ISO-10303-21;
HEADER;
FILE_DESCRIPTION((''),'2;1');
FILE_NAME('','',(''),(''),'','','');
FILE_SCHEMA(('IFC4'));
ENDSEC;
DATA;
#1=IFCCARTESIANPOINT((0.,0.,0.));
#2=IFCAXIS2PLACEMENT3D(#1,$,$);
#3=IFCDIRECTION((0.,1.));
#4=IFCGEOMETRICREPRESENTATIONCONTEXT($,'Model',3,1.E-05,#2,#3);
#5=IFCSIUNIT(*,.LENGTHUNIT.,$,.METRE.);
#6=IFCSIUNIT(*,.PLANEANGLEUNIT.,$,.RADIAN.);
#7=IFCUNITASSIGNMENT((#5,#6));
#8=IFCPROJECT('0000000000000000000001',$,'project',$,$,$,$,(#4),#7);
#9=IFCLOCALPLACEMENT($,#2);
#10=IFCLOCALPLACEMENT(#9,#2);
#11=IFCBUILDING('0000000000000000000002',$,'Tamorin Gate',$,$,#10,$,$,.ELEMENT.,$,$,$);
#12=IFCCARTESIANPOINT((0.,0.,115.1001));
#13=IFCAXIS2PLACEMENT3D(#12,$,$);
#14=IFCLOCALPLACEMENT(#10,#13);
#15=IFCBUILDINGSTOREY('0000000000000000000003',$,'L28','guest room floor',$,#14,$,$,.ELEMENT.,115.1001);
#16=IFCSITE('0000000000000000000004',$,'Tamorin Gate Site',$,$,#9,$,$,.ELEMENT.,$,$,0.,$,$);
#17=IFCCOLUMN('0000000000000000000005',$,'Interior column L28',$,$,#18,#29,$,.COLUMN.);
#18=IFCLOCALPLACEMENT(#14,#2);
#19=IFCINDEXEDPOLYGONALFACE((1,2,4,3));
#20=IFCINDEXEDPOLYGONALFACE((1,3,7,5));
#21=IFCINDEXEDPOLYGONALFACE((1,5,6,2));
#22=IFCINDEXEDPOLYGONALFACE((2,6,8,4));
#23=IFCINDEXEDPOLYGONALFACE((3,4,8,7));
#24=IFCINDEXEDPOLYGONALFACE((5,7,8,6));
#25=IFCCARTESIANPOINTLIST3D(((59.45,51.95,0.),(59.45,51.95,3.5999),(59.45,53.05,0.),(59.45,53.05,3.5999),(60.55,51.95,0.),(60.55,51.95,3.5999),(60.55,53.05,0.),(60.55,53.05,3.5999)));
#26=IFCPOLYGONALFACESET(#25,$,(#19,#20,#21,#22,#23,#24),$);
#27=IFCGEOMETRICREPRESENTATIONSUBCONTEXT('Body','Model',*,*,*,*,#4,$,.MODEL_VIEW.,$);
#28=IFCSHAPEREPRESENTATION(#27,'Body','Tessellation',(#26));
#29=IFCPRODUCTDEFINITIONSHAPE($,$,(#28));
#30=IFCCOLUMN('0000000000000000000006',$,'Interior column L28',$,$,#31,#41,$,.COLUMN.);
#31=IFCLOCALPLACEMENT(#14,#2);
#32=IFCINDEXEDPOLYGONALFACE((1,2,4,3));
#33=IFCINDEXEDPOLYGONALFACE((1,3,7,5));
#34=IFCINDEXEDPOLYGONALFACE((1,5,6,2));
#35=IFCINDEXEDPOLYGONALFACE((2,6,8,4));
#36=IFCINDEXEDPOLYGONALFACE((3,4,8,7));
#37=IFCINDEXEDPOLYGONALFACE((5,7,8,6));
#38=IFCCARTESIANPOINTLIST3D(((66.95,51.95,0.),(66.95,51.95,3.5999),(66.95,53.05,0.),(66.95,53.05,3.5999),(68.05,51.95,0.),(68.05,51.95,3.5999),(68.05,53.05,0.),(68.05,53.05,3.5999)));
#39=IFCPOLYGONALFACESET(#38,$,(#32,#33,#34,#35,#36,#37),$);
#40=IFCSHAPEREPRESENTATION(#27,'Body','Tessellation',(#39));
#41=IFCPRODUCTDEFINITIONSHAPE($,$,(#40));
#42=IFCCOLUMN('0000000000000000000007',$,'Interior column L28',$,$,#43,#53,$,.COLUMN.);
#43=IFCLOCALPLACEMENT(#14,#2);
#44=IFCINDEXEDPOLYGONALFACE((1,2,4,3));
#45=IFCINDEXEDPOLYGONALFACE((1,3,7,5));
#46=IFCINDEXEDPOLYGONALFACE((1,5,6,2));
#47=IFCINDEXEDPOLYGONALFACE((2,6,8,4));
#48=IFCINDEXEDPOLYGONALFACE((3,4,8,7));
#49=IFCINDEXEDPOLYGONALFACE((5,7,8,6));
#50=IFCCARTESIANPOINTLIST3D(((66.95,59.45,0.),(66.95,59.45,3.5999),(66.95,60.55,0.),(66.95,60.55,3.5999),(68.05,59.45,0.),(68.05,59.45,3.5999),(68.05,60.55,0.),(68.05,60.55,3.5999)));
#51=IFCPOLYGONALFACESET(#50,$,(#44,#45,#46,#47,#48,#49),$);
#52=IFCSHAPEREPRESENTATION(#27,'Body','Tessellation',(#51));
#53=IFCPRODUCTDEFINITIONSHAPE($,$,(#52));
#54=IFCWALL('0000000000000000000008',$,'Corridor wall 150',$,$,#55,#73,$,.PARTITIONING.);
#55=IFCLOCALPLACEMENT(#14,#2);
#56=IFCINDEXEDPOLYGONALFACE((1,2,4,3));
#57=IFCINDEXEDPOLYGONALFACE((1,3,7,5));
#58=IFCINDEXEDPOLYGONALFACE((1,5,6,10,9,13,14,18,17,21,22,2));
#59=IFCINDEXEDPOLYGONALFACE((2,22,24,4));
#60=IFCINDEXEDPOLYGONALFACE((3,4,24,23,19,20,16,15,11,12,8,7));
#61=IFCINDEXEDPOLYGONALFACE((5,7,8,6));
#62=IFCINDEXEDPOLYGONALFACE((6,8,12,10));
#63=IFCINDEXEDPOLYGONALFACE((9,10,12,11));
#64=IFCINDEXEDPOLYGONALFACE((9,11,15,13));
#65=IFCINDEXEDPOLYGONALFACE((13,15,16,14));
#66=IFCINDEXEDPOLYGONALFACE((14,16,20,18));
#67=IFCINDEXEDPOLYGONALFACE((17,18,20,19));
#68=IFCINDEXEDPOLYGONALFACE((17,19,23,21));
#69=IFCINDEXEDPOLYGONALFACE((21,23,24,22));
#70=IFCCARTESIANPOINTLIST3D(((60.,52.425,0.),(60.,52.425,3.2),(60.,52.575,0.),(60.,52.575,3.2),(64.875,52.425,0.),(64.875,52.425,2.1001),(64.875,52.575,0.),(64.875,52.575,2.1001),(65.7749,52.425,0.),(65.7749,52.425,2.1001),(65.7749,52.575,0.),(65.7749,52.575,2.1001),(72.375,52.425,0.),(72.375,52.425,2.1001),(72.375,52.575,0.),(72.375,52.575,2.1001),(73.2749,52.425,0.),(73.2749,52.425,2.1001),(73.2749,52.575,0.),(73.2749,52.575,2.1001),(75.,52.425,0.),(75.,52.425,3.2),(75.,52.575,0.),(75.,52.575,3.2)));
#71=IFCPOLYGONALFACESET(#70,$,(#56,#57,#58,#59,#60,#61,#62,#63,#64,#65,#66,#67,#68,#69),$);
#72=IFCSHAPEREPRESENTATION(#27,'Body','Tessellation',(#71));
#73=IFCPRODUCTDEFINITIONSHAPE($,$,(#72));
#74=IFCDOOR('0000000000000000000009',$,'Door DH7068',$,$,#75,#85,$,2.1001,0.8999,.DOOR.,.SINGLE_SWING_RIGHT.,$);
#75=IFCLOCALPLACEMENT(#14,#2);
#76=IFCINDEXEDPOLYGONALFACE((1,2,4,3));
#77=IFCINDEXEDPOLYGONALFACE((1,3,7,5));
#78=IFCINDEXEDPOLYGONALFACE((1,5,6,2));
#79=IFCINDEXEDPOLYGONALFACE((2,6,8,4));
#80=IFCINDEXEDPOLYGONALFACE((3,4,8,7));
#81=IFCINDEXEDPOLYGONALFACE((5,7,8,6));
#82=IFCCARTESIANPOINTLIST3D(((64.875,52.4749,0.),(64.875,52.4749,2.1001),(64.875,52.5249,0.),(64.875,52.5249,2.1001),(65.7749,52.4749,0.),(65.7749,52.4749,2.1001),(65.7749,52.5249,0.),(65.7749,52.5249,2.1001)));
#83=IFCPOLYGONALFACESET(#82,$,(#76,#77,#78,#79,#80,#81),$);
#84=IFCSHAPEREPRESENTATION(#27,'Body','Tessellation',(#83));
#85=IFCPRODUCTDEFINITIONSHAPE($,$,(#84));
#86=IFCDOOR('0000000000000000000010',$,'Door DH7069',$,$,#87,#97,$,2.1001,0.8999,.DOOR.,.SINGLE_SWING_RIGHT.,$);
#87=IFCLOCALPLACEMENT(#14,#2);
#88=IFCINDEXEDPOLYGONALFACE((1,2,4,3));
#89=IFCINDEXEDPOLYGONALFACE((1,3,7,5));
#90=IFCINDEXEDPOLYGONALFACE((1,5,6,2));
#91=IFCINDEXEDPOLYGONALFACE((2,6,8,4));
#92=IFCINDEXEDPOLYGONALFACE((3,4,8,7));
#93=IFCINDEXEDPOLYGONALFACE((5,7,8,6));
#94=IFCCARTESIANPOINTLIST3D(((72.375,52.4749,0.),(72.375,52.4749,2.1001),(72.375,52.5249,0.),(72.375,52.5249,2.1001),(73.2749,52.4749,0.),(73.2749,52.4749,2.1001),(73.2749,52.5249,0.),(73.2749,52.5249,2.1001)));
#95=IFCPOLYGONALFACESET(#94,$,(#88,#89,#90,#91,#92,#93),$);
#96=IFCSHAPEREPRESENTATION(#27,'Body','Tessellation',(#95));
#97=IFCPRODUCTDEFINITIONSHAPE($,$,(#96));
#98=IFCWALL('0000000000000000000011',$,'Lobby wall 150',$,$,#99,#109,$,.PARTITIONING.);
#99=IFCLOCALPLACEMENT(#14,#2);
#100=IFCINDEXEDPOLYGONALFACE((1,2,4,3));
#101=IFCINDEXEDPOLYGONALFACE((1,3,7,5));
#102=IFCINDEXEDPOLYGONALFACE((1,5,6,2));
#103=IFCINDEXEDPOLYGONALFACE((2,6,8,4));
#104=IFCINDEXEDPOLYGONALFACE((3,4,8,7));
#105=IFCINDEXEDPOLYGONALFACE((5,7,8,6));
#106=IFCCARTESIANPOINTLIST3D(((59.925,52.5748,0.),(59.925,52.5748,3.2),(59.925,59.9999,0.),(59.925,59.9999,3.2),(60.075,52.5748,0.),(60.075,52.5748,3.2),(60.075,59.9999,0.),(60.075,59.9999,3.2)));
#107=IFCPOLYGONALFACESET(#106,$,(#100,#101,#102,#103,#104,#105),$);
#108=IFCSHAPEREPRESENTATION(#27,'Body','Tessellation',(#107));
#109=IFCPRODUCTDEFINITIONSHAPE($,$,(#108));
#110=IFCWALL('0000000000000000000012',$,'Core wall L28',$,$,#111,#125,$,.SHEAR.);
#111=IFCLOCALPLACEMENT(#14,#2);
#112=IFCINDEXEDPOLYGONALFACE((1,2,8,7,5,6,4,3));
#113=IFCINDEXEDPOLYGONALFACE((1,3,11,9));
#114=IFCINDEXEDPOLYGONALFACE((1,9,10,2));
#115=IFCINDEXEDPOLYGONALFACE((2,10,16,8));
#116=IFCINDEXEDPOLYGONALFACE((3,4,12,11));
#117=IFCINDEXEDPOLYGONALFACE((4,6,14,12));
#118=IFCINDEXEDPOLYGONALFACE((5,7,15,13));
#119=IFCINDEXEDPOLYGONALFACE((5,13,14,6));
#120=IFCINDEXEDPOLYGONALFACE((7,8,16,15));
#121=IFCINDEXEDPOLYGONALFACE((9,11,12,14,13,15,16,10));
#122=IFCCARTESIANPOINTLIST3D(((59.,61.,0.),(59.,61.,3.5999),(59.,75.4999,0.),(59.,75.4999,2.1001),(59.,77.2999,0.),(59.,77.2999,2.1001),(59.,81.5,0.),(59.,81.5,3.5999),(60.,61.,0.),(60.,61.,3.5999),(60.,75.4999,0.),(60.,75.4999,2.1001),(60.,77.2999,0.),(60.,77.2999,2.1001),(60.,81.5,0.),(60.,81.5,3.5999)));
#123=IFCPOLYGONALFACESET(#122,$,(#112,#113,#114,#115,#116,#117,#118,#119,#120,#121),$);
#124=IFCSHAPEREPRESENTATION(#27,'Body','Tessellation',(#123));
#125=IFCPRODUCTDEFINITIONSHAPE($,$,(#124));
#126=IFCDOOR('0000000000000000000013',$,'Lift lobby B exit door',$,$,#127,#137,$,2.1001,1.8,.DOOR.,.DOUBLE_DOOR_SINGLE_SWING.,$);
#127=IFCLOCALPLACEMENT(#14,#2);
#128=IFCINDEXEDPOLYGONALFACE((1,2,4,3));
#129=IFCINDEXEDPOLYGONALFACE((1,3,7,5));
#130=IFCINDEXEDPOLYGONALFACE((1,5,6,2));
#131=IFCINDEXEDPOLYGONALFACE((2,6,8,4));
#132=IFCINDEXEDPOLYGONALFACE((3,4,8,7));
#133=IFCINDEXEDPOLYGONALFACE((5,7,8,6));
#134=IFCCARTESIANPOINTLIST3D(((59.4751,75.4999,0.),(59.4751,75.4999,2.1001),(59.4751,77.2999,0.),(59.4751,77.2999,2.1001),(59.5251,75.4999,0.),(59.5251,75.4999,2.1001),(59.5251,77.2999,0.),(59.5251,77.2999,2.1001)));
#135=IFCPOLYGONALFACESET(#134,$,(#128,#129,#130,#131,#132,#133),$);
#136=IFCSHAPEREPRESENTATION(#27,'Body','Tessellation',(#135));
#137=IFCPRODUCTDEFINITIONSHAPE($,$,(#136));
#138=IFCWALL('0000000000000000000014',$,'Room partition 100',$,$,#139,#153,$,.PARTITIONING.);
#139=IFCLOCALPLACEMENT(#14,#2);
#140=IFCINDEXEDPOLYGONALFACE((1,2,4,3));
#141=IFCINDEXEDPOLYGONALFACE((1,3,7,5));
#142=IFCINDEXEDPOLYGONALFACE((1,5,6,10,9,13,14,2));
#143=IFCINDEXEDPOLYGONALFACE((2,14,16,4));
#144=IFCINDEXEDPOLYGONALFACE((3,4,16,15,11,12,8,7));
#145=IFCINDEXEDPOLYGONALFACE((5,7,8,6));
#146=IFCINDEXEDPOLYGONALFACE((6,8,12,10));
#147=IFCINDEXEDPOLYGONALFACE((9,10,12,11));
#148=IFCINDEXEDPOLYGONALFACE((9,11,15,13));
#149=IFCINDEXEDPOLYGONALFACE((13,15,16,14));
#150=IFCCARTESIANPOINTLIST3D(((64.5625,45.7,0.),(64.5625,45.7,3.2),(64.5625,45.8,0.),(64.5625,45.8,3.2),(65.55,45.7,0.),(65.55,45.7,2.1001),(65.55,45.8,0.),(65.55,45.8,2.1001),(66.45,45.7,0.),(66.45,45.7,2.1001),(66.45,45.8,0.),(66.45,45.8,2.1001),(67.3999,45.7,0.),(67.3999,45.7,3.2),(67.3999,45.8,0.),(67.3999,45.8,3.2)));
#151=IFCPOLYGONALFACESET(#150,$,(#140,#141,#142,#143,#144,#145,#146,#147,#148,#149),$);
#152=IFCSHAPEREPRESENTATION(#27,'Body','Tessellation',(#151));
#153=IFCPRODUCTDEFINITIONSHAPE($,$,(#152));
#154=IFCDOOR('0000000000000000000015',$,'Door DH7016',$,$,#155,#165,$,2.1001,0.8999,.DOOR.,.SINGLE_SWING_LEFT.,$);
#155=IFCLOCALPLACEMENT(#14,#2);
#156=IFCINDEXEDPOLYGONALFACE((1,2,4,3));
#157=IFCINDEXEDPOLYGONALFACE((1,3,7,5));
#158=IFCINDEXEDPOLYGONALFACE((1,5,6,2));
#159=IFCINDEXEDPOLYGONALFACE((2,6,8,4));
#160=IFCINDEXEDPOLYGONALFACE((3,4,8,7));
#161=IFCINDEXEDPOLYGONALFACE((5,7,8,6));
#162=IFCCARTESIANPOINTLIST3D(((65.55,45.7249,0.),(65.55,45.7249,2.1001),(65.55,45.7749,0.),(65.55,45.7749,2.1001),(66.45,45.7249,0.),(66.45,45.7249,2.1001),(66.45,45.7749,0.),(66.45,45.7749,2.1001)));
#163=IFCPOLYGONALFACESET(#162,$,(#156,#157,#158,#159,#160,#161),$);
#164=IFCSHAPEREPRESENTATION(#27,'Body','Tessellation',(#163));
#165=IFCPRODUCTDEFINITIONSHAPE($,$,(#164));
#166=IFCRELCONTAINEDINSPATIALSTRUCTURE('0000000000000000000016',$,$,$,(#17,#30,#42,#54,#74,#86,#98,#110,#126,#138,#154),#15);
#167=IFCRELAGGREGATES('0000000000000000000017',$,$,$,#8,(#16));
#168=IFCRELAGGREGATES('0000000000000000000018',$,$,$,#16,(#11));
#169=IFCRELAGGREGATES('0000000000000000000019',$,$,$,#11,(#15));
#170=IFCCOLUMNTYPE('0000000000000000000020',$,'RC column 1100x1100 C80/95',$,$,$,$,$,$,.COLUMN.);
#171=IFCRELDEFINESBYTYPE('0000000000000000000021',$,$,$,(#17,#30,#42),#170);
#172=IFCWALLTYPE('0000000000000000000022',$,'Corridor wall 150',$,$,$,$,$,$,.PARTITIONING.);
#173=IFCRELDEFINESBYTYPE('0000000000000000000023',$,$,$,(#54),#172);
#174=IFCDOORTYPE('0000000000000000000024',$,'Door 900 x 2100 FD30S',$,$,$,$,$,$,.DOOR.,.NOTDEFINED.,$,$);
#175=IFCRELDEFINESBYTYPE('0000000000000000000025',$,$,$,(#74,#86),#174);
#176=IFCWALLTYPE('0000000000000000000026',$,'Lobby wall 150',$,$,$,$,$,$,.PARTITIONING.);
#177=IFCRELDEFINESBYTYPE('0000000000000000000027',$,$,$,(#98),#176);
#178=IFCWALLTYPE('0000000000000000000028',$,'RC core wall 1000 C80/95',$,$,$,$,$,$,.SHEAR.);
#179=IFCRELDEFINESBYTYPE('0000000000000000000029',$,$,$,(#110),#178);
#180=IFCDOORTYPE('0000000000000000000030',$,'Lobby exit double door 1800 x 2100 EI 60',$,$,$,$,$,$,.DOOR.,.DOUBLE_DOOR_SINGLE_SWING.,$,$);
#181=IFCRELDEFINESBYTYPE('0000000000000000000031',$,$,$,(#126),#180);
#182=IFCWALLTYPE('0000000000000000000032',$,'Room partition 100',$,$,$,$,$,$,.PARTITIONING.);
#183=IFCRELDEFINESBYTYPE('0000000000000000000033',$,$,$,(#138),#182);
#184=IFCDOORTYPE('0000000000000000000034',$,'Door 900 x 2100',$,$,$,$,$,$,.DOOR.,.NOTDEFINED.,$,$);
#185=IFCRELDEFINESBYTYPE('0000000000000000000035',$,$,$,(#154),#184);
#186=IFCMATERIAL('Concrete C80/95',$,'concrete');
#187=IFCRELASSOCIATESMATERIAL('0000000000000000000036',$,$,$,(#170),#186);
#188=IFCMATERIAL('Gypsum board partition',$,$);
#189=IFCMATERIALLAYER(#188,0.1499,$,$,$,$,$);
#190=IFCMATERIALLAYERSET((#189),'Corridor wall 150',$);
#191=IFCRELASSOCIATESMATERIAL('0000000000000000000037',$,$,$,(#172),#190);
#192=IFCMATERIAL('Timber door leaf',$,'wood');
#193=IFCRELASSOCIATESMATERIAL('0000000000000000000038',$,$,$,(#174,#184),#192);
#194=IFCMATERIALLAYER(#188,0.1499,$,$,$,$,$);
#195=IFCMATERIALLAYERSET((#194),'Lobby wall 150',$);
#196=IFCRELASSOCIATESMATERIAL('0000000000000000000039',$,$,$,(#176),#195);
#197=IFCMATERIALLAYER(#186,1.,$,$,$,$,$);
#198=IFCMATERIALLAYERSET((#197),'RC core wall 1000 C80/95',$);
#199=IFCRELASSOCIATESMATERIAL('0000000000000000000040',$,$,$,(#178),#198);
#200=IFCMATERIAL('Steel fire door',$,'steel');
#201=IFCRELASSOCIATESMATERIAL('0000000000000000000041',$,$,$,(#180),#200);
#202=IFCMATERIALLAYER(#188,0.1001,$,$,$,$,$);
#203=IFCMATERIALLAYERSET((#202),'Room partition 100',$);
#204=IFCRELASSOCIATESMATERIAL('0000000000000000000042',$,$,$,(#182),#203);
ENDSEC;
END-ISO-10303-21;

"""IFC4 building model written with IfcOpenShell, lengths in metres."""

from ifc_helpers import new_model, si_unit, direction, frame, frame_2d, origin, origin_2d, place, context, subcontext, project, spatial, rectangle, extrude, material, layer, layer_set, material_profile, profile_set, type_object, element, fill, save


model = new_model("IFC4")

# Units and contexts
model_context = context("Model", 3, precision=1e-05, world=origin(), true_north=direction((0.0, 1.0)))
body_context = subcontext(model_context, "Body", "Model", "MODEL_VIEW")
ifc_project = project(units=[si_unit("LENGTHUNIT", "METRE"), si_unit("PLANEANGLEUNIT", "RADIAN")], contexts=[model_context])

# Site, building, storey
site_placement = place(None, origin())
site = spatial("IfcSite", under=ifc_project, at=site_placement, Name="Tamorin Gate Site", CompositionType="ELEMENT", RefElevation=0.0)
building_placement = place(site_placement, origin())
building = spatial("IfcBuilding", under=site, at=building_placement, Name="Tamorin Gate", CompositionType="ELEMENT")
storey_placement = place(building_placement, frame((0.0, 0.0, 115.1001)))
storey = spatial("IfcBuildingStorey", under=building, at=storey_placement, Name="L28", Description="guest room floor", CompositionType="ELEMENT", Elevation=115.1001)

# Columns
ifc_material_1 = material(Name="Concrete C80/95", Category="concrete")
ifc_material_profile = material_profile(ifc_material_1, rectangle(XDim=1.1001, YDim=1.1001, at=origin_2d()), Name="RC 1100x1100")
ifc_profile_set = profile_set([ifc_material_profile], Name="Concrete C80/95")
column_type = type_object("IfcColumnType", Name="RC column 1100x1100 C80/95", PredefinedType="COLUMN", material=ifc_profile_set)
for number, where, z_axis, x_axis, name in (
    (1, (60.0, 52.5, 0.0), (0.0, 0.0, 1.0), (1.0, 0.0, 0.0), "Interior column L28"),
    (2, (67.5, 52.5, 0.0), (0.0, 0.0, 1.0), (1.0, 0.0, 0.0), "Interior column L28"),
    (3, (67.5, 60.0, 0.0), (0.0, 0.0, 1.0), (1.0, 0.0, 0.0), "Interior column L28"),
):
    element("IfcColumn", number, at=place(storey_placement, frame(where, z_axis=z_axis, x_axis=x_axis)), inside=storey, type_object=column_type, Name=name, PredefinedType="COLUMN", context=body_context, shape_type="SweptSolid", body=[
        extrude(rectangle(XDim=1.1001, YDim=1.1001, at=origin_2d()), origin(), (0.0, 0.0, 1.0), 3.5999),
    ])

# Wall, openings, doors
ifc_material_2 = material(Name="Gypsum board partition")
ifc_layer_1 = layer(ifc_material_2, 0.1499)
ifc_layer_set_1 = layer_set([ifc_layer_1], Name="Corridor wall 150")
wall_type_1 = type_object("IfcWallType", Name="Corridor wall 150", PredefinedType="PARTITIONING", material=ifc_layer_set_1)
wall_1_placement = place(storey_placement, frame((60.0, 52.5, 0.0), z_axis=(0.0, 0.0, 1.0), x_axis=(1.0, 0.0, 0.0)))
wall_1 = element("IfcWall", 4, at=wall_1_placement, inside=storey, type_object=wall_type_1, Name="Corridor wall 150", PredefinedType="PARTITIONING", context=body_context, shape_type="SweptSolid", body=[
    extrude(rectangle(XDim=15.0, YDim=0.1499, at=frame_2d((7.5, 0.0))), origin(), (0.0, 0.0, 1.0), 3.2),
])
opening_1_placement = place(wall_1_placement, frame((4.875, 0.0, 0.0)))
opening_1 = element("IfcOpeningElement", 5, at=opening_1_placement, cuts=wall_1, PredefinedType="OPENING", context=body_context, shape_type="SweptSolid", body=[
    extrude(rectangle(XDim=0.8999, YDim=2.1001, at=frame_2d((0.45, 1.05))), frame((0.0, 0.085, 0.0), z_axis=(0.0, -1.0, 0.0), x_axis=(1.0, 0.0, 0.0)), (0.0, 0.0, 1.0), 0.1699),
])
opening_2_placement = place(wall_1_placement, frame((12.375, 0.0, 0.0)))
opening_2 = element("IfcOpeningElement", 6, at=opening_2_placement, cuts=wall_1, PredefinedType="OPENING", context=body_context, shape_type="SweptSolid", body=[
    extrude(rectangle(XDim=0.8999, YDim=2.1001, at=frame_2d((0.45, 1.05))), frame((0.0, 0.085, 0.0), z_axis=(0.0, -1.0, 0.0), x_axis=(1.0, 0.0, 0.0)), (0.0, 0.0, 1.0), 0.1699),
])
ifc_material_3 = material(Name="Timber door leaf", Category="wood")
door_type_1 = type_object("IfcDoorType", Name="Door 900 x 2100 FD30S", OperationType="NOTDEFINED", PredefinedType="DOOR", material=ifc_material_3)
door_1_placement = place(opening_1_placement, origin())
door_1 = element("IfcDoor", 7, at=door_1_placement, inside=storey, type_object=door_type_1, Name="Door DH7068", OperationType="SINGLE_SWING_RIGHT", OverallHeight=2.1001, OverallWidth=0.8999, PredefinedType="DOOR", context=body_context, shape_type="SweptSolid", body=[
    extrude(rectangle(XDim=0.8999, YDim=2.1001, at=frame_2d((0.45, 1.05))), frame((0.0, 0.0249, 0.0), z_axis=(0.0, -1.0, 0.0), x_axis=(1.0, 0.0, 0.0)), (0.0, 0.0, 1.0), 0.05),
])
fill(opening_1, door_1)
door_2_placement = place(opening_2_placement, origin())
door_2 = element("IfcDoor", 8, at=door_2_placement, inside=storey, type_object=door_type_1, Name="Door DH7069", OperationType="SINGLE_SWING_RIGHT", OverallHeight=2.1001, OverallWidth=0.8999, PredefinedType="DOOR", context=body_context, shape_type="SweptSolid", body=[
    extrude(rectangle(XDim=0.8999, YDim=2.1001, at=frame_2d((0.45, 1.05))), frame((0.0, 0.0249, 0.0), z_axis=(0.0, -1.0, 0.0), x_axis=(1.0, 0.0, 0.0)), (0.0, 0.0, 1.0), 0.05),
])
fill(opening_2, door_2)

# Wall
ifc_layer_2 = layer(ifc_material_2, 0.1499)
ifc_layer_set_2 = layer_set([ifc_layer_2], Name="Lobby wall 150")
wall_type_2 = type_object("IfcWallType", Name="Lobby wall 150", PredefinedType="PARTITIONING", material=ifc_layer_set_2)
wall_2_placement = place(storey_placement, frame((60.0, 52.575, 0.0), z_axis=(0.0, 0.0, 1.0), x_axis=(0.0, 1.0, 0.0)))
element("IfcWall", 9, at=wall_2_placement, inside=storey, type_object=wall_type_2, Name="Lobby wall 150", PredefinedType="PARTITIONING", context=body_context, shape_type="SweptSolid", body=[
    extrude(rectangle(XDim=7.425, YDim=0.1499, at=frame_2d((3.7124, 0.0))), origin(), (0.0, 0.0, 1.0), 3.2),
])

# Walls, openings, doors
ifc_layer_3 = layer(ifc_material_1, 1.0)
ifc_layer_set_3 = layer_set([ifc_layer_3], Name="RC core wall 1000 C80/95")
wall_type_3 = type_object("IfcWallType", Name="RC core wall 1000 C80/95", PredefinedType="SHEAR", material=ifc_layer_set_3)
wall_3_placement = place(storey_placement, frame((59.5, 61.0, 0.0), z_axis=(0.0, 0.0, 1.0), x_axis=(0.0, 1.0, 0.0)))
wall_3 = element("IfcWall", 10, at=wall_3_placement, inside=storey, type_object=wall_type_3, Name="Core wall L28", PredefinedType="SHEAR", context=body_context, shape_type="SweptSolid", body=[
    extrude(rectangle(XDim=20.5, YDim=1.0, at=frame_2d((10.25, 0.0))), origin(), (0.0, 0.0, 1.0), 3.5999),
])
opening_3_placement = place(wall_3_placement, frame((14.5, 0.0, 0.0)))
opening_3 = element("IfcOpeningElement", 11, at=opening_3_placement, cuts=wall_3, PredefinedType="OPENING", context=body_context, shape_type="SweptSolid", body=[
    extrude(rectangle(XDim=1.8, YDim=2.1001, at=frame_2d((0.8999, 1.05))), frame((0.0, 0.51, 0.0), z_axis=(0.0, -1.0, 0.0), x_axis=(1.0, 0.0, 0.0)), (0.0, 0.0, 1.0), 1.02),
])
ifc_material_4 = material(Name="Steel fire door", Category="steel")
door_type_2 = type_object("IfcDoorType", Name="Lobby exit double door 1800 x 2100 EI 60", OperationType="DOUBLE_DOOR_SINGLE_SWING", PredefinedType="DOOR", material=ifc_material_4)
door_3_placement = place(opening_3_placement, origin())
door_3 = element("IfcDoor", 12, at=door_3_placement, inside=storey, type_object=door_type_2, Name="Lift lobby B exit door", OperationType="DOUBLE_DOOR_SINGLE_SWING", OverallHeight=2.1001, OverallWidth=1.8, PredefinedType="DOOR", context=body_context, shape_type="SweptSolid", body=[
    extrude(rectangle(XDim=1.8, YDim=2.1001, at=frame_2d((0.8999, 1.05))), frame((0.0, 0.0249, 0.0), z_axis=(0.0, -1.0, 0.0), x_axis=(1.0, 0.0, 0.0)), (0.0, 0.0, 1.0), 0.05),
])
fill(opening_3, door_3)
ifc_layer_4 = layer(ifc_material_2, 0.1001)
ifc_layer_set_4 = layer_set([ifc_layer_4], Name="Room partition 100")
wall_type_4 = type_object("IfcWallType", Name="Room partition 100", PredefinedType="PARTITIONING", material=ifc_layer_set_4)
wall_4_placement = place(storey_placement, frame((64.5625, 45.75, 0.0), z_axis=(0.0, 0.0, 1.0), x_axis=(1.0, 0.0, 0.0)))
wall_4 = element("IfcWall", 13, at=wall_4_placement, inside=storey, type_object=wall_type_4, Name="Room partition 100", PredefinedType="PARTITIONING", context=body_context, shape_type="SweptSolid", body=[
    extrude(rectangle(XDim=2.8374, YDim=0.1001, at=frame_2d((1.4187, 0.0))), origin(), (0.0, 0.0, 1.0), 3.2),
])
opening_4_placement = place(wall_4_placement, frame((0.9875, 0.0, 0.0)))
opening_4 = element("IfcOpeningElement", 14, at=opening_4_placement, cuts=wall_4, PredefinedType="OPENING", context=body_context, shape_type="SweptSolid", body=[
    extrude(rectangle(XDim=0.8999, YDim=2.1001, at=frame_2d((0.45, 1.05))), frame((0.0, 0.0601, 0.0), z_axis=(0.0, -1.0, 0.0), x_axis=(1.0, 0.0, 0.0)), (0.0, 0.0, 1.0), 0.1201),
])
door_type_3 = type_object("IfcDoorType", Name="Door 900 x 2100", OperationType="NOTDEFINED", PredefinedType="DOOR", material=ifc_material_3)
door_4_placement = place(opening_4_placement, origin())
door_4 = element("IfcDoor", 15, at=door_4_placement, inside=storey, type_object=door_type_3, Name="Door DH7016", OperationType="SINGLE_SWING_LEFT", OverallHeight=2.1001, OverallWidth=0.8999, PredefinedType="DOOR", context=body_context, shape_type="SweptSolid", body=[
    extrude(rectangle(XDim=0.8999, YDim=2.1001, at=frame_2d((0.45, 1.05))), frame((0.0, 0.0249, 0.0), z_axis=(0.0, -1.0, 0.0), x_axis=(1.0, 0.0, 0.0)), (0.0, 0.0, 1.0), 0.05),
])
fill(opening_4, door_4)

save(model, "model.ifc")
